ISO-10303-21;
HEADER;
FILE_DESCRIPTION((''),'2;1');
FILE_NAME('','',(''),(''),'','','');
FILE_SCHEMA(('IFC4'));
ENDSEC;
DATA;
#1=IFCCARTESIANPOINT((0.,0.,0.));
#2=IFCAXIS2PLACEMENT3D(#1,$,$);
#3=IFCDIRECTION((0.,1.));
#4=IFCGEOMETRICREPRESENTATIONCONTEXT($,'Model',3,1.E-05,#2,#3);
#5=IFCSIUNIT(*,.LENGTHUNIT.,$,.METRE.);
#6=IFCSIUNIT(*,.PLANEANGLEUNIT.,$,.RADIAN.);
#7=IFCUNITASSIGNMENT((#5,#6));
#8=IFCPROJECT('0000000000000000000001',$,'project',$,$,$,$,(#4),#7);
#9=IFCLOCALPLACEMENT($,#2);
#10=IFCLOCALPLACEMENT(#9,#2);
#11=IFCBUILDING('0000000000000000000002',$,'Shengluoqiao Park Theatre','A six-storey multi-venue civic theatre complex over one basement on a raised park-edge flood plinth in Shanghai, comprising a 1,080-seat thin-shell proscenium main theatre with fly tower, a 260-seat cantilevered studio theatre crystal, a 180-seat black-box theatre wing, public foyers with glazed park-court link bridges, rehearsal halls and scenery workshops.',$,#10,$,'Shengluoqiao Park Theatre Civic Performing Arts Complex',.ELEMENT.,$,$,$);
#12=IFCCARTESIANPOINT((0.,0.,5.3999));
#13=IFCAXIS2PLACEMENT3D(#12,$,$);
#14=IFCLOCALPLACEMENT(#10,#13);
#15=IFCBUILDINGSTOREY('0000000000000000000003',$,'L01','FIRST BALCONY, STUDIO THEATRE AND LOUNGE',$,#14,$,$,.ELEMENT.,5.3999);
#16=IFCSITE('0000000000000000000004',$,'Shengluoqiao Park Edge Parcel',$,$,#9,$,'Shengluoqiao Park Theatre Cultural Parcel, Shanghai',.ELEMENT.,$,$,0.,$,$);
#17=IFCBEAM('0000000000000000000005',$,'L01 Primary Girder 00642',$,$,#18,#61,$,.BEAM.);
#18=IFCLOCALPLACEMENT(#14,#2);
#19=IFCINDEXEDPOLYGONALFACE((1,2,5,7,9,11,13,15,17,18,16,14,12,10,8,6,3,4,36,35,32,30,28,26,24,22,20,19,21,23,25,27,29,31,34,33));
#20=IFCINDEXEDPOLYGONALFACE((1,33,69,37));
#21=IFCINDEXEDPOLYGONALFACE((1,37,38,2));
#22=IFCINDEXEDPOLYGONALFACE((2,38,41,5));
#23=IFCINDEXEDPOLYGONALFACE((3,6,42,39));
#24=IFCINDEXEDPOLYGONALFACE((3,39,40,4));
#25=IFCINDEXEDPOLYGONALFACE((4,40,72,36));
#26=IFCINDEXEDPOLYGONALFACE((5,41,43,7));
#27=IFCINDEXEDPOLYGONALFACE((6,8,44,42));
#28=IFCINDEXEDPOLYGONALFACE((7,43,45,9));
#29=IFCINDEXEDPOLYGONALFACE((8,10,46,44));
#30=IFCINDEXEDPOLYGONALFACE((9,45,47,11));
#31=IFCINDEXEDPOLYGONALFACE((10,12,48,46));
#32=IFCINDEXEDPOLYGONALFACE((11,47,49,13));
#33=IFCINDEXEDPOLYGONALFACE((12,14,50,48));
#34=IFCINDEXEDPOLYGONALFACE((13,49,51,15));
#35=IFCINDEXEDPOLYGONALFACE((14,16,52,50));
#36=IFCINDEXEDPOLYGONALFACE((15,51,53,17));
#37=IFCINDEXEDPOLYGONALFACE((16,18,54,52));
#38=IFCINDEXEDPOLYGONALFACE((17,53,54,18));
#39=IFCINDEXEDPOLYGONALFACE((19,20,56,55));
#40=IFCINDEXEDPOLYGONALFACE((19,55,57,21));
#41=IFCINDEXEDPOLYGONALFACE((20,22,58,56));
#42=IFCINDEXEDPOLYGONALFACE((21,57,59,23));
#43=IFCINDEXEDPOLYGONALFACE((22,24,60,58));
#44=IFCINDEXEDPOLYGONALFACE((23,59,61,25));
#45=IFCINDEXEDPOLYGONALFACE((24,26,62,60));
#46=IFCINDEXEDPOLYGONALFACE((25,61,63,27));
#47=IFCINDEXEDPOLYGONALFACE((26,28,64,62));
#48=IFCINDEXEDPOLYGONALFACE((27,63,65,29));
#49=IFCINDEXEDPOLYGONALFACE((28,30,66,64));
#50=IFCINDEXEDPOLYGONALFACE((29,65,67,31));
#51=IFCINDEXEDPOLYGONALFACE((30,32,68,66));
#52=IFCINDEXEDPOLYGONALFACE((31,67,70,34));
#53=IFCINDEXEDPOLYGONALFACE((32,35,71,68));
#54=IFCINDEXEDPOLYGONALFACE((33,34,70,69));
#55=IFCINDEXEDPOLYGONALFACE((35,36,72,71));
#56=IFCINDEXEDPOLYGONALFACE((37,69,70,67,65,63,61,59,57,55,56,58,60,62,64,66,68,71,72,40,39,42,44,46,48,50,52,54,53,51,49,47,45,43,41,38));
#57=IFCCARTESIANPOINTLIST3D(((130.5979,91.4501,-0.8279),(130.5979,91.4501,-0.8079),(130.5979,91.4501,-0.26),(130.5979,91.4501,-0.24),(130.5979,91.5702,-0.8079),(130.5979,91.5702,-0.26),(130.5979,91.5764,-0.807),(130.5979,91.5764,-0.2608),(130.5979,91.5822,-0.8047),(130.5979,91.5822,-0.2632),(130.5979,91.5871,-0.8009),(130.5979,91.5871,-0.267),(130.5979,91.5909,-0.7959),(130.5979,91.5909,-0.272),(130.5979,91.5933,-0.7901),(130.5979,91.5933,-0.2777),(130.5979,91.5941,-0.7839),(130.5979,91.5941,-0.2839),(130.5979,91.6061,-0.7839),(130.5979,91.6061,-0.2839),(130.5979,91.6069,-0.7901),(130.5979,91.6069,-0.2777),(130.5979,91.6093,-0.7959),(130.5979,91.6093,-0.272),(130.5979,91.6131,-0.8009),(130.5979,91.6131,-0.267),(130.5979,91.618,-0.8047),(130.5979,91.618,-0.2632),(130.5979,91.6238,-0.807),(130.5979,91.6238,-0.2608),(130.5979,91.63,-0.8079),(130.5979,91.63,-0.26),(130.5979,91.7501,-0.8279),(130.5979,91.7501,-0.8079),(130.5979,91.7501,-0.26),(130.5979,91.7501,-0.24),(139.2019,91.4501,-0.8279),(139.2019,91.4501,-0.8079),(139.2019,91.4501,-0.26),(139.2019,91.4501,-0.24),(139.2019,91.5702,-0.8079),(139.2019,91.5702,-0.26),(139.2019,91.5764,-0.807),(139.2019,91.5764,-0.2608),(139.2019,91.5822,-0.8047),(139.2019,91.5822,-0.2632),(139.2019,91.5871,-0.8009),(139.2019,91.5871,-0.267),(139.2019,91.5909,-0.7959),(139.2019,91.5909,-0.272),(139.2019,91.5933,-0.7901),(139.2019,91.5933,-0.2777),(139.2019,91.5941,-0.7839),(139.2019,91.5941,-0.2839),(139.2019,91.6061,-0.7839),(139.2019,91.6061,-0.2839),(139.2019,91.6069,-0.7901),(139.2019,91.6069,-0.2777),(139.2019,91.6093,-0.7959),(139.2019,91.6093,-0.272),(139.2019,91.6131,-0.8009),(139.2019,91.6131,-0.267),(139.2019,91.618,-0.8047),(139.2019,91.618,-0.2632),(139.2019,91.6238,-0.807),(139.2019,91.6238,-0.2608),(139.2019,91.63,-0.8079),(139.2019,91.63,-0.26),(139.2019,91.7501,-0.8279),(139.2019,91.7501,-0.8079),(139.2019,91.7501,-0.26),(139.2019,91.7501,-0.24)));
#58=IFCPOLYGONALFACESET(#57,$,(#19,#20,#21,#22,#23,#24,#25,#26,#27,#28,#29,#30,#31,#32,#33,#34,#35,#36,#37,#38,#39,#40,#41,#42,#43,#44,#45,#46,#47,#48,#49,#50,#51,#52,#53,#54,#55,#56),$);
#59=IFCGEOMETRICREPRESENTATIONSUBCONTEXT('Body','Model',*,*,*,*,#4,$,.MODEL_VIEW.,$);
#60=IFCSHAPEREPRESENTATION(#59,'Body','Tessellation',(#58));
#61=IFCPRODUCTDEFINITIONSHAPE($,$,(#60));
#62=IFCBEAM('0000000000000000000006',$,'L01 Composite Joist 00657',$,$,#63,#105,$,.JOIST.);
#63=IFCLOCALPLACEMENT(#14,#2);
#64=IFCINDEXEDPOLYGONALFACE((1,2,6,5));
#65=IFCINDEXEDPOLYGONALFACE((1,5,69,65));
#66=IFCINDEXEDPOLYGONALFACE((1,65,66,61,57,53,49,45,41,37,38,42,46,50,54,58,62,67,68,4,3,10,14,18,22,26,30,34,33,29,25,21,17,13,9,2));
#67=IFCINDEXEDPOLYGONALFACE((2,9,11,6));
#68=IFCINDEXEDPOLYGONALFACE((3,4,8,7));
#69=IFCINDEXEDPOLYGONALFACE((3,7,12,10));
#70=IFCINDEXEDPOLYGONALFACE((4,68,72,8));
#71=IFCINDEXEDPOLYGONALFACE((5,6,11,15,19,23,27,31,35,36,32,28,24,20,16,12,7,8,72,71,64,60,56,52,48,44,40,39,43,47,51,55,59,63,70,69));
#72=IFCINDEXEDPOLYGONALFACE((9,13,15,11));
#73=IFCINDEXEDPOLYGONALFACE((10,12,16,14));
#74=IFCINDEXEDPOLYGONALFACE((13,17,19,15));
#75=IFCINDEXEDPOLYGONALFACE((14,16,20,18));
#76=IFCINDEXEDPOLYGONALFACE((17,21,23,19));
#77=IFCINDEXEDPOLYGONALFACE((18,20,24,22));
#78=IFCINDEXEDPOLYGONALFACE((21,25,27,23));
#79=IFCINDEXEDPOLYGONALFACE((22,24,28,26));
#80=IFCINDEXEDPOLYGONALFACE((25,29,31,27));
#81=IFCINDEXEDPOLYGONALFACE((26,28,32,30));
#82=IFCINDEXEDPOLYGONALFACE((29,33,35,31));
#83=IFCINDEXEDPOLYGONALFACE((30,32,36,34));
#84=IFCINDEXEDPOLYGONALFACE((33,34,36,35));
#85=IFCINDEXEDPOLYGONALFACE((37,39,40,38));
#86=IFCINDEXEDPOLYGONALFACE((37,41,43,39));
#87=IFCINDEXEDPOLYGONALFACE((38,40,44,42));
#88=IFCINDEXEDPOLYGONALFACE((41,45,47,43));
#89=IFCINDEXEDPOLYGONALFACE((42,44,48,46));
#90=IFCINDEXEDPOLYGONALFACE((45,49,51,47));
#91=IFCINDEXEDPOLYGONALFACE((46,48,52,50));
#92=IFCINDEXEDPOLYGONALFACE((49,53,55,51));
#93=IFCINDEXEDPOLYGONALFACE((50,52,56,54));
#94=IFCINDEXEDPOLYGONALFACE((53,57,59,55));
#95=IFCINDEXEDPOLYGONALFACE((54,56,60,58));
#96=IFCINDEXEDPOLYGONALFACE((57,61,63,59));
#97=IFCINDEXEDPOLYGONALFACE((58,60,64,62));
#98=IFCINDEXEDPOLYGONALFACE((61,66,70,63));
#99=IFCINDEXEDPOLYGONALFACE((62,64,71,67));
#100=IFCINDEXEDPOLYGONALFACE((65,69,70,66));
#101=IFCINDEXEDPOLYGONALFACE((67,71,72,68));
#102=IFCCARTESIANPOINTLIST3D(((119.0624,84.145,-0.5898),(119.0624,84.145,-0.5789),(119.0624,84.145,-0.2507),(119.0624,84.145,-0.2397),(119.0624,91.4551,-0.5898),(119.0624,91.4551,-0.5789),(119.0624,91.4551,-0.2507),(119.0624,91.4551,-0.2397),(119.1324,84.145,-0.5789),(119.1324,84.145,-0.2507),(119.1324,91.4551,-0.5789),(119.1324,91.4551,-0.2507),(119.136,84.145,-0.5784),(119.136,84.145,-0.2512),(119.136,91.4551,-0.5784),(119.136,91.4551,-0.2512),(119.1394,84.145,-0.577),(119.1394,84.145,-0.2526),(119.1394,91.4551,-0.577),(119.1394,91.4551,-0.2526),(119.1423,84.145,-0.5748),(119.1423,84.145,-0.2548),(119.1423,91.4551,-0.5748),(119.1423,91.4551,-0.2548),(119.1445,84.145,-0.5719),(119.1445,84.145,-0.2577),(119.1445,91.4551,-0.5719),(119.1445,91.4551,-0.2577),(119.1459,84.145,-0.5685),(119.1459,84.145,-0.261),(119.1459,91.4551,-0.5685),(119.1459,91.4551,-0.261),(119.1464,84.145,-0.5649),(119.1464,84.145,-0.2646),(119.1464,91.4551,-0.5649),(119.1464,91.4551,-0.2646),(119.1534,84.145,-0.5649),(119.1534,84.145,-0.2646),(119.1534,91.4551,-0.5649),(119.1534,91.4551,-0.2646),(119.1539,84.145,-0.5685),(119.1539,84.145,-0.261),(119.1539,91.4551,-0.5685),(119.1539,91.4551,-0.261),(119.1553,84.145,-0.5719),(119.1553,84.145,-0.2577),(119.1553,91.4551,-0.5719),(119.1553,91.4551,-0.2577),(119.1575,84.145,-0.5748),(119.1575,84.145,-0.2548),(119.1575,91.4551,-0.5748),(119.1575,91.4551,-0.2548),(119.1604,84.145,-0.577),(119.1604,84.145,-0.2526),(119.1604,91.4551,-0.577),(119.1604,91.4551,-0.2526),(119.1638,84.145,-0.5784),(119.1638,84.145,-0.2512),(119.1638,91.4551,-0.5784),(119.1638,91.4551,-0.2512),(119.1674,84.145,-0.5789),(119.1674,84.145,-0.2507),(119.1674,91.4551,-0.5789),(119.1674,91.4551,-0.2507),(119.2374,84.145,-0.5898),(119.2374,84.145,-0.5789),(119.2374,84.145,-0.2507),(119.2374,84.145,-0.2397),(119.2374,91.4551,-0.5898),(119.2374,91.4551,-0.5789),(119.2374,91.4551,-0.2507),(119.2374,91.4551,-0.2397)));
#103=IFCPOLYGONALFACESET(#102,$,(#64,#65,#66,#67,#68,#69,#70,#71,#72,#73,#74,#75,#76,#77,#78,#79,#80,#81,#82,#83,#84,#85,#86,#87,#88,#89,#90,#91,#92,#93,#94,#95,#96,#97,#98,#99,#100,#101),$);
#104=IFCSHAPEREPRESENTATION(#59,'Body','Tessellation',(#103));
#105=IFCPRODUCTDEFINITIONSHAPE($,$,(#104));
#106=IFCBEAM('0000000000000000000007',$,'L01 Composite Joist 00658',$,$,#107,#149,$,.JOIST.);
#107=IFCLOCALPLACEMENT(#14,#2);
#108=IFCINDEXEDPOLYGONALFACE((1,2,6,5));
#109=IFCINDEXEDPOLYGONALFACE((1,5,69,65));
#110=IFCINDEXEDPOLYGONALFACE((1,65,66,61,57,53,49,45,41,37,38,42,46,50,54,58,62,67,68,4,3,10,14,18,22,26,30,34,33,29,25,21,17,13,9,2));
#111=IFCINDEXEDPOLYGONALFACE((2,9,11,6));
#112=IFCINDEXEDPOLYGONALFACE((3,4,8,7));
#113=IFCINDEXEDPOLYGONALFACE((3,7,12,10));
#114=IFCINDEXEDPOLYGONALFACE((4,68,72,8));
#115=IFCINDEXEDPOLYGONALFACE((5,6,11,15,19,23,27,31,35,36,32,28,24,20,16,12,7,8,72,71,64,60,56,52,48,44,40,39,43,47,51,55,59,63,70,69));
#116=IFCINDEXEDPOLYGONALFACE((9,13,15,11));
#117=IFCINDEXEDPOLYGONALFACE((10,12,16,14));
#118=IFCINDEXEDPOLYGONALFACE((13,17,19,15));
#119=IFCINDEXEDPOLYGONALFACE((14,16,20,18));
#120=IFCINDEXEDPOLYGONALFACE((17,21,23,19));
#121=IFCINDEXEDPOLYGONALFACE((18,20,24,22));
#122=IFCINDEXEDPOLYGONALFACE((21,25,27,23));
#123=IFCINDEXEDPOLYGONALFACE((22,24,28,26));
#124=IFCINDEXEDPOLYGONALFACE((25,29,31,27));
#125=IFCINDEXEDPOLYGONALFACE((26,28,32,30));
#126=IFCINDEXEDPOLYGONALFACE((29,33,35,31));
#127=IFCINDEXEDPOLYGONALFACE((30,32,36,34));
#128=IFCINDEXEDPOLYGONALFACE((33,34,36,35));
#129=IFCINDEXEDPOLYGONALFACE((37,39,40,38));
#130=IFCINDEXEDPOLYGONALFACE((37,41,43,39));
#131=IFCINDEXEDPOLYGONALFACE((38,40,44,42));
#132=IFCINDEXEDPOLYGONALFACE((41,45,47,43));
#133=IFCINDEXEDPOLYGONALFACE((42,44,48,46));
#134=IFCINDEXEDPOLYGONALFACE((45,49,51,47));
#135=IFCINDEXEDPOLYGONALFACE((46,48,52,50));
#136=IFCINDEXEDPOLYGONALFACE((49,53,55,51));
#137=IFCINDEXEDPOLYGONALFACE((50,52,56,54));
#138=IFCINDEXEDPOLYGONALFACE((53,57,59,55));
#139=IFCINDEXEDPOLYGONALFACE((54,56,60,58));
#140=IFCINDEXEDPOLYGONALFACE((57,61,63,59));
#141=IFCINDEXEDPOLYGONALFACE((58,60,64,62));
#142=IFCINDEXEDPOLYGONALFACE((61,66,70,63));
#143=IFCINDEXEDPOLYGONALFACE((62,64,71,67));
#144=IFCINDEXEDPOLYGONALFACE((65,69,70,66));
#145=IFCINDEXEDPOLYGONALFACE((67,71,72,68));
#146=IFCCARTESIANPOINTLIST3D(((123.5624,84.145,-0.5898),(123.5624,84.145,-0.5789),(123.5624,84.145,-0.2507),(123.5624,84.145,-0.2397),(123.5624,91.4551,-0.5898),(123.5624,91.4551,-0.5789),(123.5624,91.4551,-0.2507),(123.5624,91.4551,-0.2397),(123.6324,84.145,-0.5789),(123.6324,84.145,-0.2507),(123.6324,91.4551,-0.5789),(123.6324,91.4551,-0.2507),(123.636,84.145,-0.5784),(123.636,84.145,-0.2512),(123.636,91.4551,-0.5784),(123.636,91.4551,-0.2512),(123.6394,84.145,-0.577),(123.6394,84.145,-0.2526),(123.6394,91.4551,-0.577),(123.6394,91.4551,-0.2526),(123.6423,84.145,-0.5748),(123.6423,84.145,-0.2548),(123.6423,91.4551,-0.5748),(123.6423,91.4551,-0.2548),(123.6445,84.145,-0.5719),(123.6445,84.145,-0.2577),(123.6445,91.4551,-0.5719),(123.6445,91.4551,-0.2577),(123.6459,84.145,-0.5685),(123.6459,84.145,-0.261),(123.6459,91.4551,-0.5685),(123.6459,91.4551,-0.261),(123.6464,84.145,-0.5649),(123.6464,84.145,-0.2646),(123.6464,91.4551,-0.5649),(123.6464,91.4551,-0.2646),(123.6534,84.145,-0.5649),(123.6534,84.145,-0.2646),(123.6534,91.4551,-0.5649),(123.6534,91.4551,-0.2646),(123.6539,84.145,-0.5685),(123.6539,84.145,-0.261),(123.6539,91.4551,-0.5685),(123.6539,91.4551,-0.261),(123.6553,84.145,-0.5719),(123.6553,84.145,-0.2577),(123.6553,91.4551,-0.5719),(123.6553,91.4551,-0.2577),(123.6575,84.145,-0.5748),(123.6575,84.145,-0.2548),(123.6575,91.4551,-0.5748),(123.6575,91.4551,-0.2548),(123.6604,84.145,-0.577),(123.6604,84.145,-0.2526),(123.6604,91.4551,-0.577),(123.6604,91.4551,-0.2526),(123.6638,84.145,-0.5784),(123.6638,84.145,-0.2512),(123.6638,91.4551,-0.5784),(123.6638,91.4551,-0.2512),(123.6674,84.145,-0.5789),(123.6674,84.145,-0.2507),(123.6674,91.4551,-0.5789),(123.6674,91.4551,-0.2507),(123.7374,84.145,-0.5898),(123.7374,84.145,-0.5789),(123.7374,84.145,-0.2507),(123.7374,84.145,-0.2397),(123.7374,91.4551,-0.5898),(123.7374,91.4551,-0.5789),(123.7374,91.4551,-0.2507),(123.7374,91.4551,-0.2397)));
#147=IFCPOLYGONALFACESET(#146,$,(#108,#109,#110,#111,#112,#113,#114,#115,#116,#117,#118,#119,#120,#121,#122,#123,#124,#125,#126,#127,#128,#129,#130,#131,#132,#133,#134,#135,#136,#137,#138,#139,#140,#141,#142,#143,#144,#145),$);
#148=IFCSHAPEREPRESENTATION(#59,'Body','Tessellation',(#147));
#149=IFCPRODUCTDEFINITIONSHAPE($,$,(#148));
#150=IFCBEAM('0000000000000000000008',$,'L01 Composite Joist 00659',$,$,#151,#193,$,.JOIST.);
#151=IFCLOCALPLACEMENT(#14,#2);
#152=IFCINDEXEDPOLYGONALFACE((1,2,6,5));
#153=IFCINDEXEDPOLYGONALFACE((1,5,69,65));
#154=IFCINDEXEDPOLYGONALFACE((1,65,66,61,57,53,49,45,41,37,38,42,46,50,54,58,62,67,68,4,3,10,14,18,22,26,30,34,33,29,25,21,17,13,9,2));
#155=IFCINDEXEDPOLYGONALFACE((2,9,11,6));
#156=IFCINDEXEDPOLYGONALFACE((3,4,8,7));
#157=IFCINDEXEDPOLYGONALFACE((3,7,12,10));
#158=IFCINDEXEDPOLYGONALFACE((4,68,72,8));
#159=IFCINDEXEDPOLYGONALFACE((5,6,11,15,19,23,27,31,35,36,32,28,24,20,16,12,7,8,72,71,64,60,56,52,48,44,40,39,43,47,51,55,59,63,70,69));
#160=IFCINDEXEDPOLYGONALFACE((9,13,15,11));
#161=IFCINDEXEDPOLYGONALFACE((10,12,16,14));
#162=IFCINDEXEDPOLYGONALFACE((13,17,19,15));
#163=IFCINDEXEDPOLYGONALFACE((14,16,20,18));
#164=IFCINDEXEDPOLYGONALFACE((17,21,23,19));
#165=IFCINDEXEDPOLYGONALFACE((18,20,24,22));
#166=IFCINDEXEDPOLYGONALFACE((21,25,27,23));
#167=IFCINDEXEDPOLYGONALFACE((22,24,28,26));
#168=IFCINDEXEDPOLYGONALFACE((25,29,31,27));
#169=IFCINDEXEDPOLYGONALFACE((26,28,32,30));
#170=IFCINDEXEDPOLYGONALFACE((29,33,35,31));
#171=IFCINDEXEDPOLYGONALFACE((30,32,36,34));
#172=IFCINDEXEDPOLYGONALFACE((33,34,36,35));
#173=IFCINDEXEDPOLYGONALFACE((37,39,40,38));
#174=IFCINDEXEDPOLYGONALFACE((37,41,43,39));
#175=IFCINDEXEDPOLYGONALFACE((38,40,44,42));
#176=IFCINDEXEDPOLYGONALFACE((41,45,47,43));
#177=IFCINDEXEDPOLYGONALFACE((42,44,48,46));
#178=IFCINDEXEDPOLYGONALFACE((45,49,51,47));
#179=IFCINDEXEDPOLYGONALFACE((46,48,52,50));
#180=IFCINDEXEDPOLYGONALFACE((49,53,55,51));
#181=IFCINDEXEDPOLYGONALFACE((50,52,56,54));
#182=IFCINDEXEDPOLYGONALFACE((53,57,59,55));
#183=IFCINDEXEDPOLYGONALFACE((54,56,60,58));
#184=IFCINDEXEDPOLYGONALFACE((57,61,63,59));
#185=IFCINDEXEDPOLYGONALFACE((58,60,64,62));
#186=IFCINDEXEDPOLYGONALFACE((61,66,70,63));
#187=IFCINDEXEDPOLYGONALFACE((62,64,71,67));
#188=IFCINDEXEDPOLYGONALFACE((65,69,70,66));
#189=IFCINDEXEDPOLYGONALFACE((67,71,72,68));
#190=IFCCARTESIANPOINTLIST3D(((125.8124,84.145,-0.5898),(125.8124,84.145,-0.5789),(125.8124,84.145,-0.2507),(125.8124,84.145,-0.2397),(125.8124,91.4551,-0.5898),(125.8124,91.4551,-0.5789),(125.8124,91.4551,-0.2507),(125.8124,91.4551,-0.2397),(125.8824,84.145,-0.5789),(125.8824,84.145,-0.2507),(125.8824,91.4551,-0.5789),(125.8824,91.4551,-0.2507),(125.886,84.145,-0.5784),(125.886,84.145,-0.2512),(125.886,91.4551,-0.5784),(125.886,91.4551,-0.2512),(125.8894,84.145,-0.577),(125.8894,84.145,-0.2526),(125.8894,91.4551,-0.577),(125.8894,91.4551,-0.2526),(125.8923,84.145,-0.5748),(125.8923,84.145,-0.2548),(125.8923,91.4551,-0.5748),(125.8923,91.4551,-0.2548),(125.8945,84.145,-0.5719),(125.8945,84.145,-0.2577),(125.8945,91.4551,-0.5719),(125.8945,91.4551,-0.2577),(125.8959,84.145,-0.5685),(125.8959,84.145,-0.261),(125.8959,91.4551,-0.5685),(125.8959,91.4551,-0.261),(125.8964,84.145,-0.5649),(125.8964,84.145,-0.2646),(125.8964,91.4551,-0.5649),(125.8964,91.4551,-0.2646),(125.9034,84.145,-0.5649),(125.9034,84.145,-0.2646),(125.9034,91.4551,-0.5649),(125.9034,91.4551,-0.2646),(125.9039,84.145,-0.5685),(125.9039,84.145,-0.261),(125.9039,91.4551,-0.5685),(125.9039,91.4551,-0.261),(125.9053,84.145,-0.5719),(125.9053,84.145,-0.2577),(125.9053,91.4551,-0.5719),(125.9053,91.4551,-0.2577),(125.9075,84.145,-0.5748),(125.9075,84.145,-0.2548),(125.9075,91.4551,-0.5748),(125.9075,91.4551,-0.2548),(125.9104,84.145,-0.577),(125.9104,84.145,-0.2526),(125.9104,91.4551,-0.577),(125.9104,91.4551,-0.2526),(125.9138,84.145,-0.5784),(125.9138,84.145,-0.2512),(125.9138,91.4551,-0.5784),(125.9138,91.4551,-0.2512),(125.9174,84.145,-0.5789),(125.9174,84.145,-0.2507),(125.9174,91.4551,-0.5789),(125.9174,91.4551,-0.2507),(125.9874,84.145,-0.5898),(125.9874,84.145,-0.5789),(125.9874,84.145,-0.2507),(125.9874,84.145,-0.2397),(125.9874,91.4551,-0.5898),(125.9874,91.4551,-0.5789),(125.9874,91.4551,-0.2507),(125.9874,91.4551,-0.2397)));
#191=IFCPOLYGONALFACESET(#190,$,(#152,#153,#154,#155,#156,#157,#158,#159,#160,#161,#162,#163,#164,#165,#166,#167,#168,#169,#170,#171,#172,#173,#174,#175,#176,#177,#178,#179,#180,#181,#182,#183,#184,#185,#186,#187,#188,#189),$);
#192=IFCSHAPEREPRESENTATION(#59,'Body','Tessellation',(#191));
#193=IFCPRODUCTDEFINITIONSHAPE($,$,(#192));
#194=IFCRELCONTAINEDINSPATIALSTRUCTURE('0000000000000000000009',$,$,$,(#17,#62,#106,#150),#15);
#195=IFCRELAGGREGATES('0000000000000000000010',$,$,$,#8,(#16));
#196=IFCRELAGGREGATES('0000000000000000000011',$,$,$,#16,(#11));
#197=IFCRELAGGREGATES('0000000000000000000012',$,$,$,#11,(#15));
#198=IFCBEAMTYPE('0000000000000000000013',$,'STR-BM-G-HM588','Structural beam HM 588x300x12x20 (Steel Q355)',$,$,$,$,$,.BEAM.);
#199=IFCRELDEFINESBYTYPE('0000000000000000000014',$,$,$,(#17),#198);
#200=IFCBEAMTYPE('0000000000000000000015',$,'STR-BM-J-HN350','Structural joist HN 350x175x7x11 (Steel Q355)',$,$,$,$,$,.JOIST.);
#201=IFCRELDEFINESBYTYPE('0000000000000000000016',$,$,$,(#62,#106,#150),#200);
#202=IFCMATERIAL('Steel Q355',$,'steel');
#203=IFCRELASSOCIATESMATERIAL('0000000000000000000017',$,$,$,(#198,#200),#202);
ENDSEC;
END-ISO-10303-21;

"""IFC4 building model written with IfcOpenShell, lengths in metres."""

from ifc_helpers import new_model, si_unit, direction, frame, origin, origin_2d, place, context, subcontext, project, spatial, i_section, extrude, material, material_profile, profile_set, type_object, element, save


model = new_model("IFC4")

# Units and contexts
model_context = context("Model", 3, precision=1e-05, world=origin(), true_north=direction((0.0, 1.0)))
body_context = subcontext(model_context, "Body", "Model", "MODEL_VIEW")
ifc_project = project(units=[si_unit("LENGTHUNIT", "METRE"), si_unit("PLANEANGLEUNIT", "RADIAN")], contexts=[model_context])

# Site, building, storey
site_placement = place(None, origin())
site = spatial("IfcSite", under=ifc_project, at=site_placement, Name="Shengluoqiao Park Edge Parcel", LongName="Shengluoqiao Park Theatre Cultural Parcel, Shanghai", CompositionType="ELEMENT", RefElevation=0.0)
building_placement = place(site_placement, origin())
building = spatial("IfcBuilding", under=site, at=building_placement, Name="Shengluoqiao Park Theatre", Description="A six-storey multi-venue civic theatre complex over one basement on a raised park-edge flood plinth in Shanghai, comprising a 1,080-seat thin-shell proscenium main theatre with fly tower, a 260-seat cantilevered studio theatre crystal, a 180-seat black-box theatre wing, public foyers with glazed park-court link bridges, rehearsal halls and scenery workshops.", LongName="Shengluoqiao Park Theatre Civic Performing Arts Complex", CompositionType="ELEMENT")
storey_placement = place(building_placement, frame((0.0, 0.0, 5.3999)))
storey = spatial("IfcBuildingStorey", under=building, at=storey_placement, Name="L01", Description="FIRST BALCONY, STUDIO THEATRE AND LOUNGE", CompositionType="ELEMENT", Elevation=5.3999)

# Beams
ifc_material_1 = material(Name="Steel Q355", Category="steel")
ifc_material_profile_1 = material_profile(ifc_material_1, i_section(OverallWidth=0.3, OverallDepth=0.5879, WebThickness=0.012, FlangeThickness=0.02, FilletRadius=0.0239, at=origin_2d()), Name="HM 588x300x12x20")
ifc_profile_set_1 = profile_set([ifc_material_profile_1], Name="Steel Q355")
beam_type_1 = type_object("IfcBeamType", Name="STR-BM-G-HM588", Description="Structural beam HM 588x300x12x20 (Steel Q355)", PredefinedType="BEAM", material=ifc_profile_set_1)
for number, where, z_axis, x_axis, name in (
    (1, (130.5979, 91.6001, -0.5339), (1.0, 0.0, 0.0), (0.0, 1.0, 0.0), "L01 Primary Girder 00642"),
):
    element("IfcBeam", number, at=place(storey_placement, frame(where, z_axis=z_axis, x_axis=x_axis)), inside=storey, type_object=beam_type_1, Name=name, PredefinedType="BEAM", context=body_context, shape_type="SweptSolid", body=[
        extrude(i_section(OverallWidth=0.3, OverallDepth=0.5879, WebThickness=0.012, FlangeThickness=0.02, FilletRadius=0.0239, at=origin_2d()), origin(), (0.0, 0.0, 1.0), 8.604),
    ])
ifc_material_profile_2 = material_profile(ifc_material_1, i_section(OverallWidth=0.175, OverallDepth=0.3501, WebThickness=0.0071, FlangeThickness=0.011, FilletRadius=0.0139, at=origin_2d()), Name="HN 350x175x7x11")
ifc_profile_set_2 = profile_set([ifc_material_profile_2], Name="Steel Q355")
beam_type_2 = type_object("IfcBeamType", Name="STR-BM-J-HN350", Description="Structural joist HN 350x175x7x11 (Steel Q355)", PredefinedType="JOIST", material=ifc_profile_set_2)
for number, where, z_axis, x_axis, name in (
    (2, (119.1499, 84.145, -0.4148), (0.0, 1.0, 0.0), (-1.0, 0.0, 0.0), "L01 Composite Joist 00657"),
    (3, (123.6499, 84.145, -0.4148), (0.0, 1.0, 0.0), (-1.0, 0.0, 0.0), "L01 Composite Joist 00658"),
    (4, (125.8999, 84.145, -0.4148), (0.0, 1.0, 0.0), (-1.0, 0.0, 0.0), "L01 Composite Joist 00659"),
):
    element("IfcBeam", number, at=place(storey_placement, frame(where, z_axis=z_axis, x_axis=x_axis)), inside=storey, type_object=beam_type_2, Name=name, PredefinedType="JOIST", context=body_context, shape_type="SweptSolid", body=[
        extrude(i_section(OverallWidth=0.175, OverallDepth=0.3501, WebThickness=0.0071, FlangeThickness=0.011, FilletRadius=0.0139, at=origin_2d()), origin(), (0.0, 0.0, 1.0), 7.3101),
    ])

save(model, "model.ifc")
